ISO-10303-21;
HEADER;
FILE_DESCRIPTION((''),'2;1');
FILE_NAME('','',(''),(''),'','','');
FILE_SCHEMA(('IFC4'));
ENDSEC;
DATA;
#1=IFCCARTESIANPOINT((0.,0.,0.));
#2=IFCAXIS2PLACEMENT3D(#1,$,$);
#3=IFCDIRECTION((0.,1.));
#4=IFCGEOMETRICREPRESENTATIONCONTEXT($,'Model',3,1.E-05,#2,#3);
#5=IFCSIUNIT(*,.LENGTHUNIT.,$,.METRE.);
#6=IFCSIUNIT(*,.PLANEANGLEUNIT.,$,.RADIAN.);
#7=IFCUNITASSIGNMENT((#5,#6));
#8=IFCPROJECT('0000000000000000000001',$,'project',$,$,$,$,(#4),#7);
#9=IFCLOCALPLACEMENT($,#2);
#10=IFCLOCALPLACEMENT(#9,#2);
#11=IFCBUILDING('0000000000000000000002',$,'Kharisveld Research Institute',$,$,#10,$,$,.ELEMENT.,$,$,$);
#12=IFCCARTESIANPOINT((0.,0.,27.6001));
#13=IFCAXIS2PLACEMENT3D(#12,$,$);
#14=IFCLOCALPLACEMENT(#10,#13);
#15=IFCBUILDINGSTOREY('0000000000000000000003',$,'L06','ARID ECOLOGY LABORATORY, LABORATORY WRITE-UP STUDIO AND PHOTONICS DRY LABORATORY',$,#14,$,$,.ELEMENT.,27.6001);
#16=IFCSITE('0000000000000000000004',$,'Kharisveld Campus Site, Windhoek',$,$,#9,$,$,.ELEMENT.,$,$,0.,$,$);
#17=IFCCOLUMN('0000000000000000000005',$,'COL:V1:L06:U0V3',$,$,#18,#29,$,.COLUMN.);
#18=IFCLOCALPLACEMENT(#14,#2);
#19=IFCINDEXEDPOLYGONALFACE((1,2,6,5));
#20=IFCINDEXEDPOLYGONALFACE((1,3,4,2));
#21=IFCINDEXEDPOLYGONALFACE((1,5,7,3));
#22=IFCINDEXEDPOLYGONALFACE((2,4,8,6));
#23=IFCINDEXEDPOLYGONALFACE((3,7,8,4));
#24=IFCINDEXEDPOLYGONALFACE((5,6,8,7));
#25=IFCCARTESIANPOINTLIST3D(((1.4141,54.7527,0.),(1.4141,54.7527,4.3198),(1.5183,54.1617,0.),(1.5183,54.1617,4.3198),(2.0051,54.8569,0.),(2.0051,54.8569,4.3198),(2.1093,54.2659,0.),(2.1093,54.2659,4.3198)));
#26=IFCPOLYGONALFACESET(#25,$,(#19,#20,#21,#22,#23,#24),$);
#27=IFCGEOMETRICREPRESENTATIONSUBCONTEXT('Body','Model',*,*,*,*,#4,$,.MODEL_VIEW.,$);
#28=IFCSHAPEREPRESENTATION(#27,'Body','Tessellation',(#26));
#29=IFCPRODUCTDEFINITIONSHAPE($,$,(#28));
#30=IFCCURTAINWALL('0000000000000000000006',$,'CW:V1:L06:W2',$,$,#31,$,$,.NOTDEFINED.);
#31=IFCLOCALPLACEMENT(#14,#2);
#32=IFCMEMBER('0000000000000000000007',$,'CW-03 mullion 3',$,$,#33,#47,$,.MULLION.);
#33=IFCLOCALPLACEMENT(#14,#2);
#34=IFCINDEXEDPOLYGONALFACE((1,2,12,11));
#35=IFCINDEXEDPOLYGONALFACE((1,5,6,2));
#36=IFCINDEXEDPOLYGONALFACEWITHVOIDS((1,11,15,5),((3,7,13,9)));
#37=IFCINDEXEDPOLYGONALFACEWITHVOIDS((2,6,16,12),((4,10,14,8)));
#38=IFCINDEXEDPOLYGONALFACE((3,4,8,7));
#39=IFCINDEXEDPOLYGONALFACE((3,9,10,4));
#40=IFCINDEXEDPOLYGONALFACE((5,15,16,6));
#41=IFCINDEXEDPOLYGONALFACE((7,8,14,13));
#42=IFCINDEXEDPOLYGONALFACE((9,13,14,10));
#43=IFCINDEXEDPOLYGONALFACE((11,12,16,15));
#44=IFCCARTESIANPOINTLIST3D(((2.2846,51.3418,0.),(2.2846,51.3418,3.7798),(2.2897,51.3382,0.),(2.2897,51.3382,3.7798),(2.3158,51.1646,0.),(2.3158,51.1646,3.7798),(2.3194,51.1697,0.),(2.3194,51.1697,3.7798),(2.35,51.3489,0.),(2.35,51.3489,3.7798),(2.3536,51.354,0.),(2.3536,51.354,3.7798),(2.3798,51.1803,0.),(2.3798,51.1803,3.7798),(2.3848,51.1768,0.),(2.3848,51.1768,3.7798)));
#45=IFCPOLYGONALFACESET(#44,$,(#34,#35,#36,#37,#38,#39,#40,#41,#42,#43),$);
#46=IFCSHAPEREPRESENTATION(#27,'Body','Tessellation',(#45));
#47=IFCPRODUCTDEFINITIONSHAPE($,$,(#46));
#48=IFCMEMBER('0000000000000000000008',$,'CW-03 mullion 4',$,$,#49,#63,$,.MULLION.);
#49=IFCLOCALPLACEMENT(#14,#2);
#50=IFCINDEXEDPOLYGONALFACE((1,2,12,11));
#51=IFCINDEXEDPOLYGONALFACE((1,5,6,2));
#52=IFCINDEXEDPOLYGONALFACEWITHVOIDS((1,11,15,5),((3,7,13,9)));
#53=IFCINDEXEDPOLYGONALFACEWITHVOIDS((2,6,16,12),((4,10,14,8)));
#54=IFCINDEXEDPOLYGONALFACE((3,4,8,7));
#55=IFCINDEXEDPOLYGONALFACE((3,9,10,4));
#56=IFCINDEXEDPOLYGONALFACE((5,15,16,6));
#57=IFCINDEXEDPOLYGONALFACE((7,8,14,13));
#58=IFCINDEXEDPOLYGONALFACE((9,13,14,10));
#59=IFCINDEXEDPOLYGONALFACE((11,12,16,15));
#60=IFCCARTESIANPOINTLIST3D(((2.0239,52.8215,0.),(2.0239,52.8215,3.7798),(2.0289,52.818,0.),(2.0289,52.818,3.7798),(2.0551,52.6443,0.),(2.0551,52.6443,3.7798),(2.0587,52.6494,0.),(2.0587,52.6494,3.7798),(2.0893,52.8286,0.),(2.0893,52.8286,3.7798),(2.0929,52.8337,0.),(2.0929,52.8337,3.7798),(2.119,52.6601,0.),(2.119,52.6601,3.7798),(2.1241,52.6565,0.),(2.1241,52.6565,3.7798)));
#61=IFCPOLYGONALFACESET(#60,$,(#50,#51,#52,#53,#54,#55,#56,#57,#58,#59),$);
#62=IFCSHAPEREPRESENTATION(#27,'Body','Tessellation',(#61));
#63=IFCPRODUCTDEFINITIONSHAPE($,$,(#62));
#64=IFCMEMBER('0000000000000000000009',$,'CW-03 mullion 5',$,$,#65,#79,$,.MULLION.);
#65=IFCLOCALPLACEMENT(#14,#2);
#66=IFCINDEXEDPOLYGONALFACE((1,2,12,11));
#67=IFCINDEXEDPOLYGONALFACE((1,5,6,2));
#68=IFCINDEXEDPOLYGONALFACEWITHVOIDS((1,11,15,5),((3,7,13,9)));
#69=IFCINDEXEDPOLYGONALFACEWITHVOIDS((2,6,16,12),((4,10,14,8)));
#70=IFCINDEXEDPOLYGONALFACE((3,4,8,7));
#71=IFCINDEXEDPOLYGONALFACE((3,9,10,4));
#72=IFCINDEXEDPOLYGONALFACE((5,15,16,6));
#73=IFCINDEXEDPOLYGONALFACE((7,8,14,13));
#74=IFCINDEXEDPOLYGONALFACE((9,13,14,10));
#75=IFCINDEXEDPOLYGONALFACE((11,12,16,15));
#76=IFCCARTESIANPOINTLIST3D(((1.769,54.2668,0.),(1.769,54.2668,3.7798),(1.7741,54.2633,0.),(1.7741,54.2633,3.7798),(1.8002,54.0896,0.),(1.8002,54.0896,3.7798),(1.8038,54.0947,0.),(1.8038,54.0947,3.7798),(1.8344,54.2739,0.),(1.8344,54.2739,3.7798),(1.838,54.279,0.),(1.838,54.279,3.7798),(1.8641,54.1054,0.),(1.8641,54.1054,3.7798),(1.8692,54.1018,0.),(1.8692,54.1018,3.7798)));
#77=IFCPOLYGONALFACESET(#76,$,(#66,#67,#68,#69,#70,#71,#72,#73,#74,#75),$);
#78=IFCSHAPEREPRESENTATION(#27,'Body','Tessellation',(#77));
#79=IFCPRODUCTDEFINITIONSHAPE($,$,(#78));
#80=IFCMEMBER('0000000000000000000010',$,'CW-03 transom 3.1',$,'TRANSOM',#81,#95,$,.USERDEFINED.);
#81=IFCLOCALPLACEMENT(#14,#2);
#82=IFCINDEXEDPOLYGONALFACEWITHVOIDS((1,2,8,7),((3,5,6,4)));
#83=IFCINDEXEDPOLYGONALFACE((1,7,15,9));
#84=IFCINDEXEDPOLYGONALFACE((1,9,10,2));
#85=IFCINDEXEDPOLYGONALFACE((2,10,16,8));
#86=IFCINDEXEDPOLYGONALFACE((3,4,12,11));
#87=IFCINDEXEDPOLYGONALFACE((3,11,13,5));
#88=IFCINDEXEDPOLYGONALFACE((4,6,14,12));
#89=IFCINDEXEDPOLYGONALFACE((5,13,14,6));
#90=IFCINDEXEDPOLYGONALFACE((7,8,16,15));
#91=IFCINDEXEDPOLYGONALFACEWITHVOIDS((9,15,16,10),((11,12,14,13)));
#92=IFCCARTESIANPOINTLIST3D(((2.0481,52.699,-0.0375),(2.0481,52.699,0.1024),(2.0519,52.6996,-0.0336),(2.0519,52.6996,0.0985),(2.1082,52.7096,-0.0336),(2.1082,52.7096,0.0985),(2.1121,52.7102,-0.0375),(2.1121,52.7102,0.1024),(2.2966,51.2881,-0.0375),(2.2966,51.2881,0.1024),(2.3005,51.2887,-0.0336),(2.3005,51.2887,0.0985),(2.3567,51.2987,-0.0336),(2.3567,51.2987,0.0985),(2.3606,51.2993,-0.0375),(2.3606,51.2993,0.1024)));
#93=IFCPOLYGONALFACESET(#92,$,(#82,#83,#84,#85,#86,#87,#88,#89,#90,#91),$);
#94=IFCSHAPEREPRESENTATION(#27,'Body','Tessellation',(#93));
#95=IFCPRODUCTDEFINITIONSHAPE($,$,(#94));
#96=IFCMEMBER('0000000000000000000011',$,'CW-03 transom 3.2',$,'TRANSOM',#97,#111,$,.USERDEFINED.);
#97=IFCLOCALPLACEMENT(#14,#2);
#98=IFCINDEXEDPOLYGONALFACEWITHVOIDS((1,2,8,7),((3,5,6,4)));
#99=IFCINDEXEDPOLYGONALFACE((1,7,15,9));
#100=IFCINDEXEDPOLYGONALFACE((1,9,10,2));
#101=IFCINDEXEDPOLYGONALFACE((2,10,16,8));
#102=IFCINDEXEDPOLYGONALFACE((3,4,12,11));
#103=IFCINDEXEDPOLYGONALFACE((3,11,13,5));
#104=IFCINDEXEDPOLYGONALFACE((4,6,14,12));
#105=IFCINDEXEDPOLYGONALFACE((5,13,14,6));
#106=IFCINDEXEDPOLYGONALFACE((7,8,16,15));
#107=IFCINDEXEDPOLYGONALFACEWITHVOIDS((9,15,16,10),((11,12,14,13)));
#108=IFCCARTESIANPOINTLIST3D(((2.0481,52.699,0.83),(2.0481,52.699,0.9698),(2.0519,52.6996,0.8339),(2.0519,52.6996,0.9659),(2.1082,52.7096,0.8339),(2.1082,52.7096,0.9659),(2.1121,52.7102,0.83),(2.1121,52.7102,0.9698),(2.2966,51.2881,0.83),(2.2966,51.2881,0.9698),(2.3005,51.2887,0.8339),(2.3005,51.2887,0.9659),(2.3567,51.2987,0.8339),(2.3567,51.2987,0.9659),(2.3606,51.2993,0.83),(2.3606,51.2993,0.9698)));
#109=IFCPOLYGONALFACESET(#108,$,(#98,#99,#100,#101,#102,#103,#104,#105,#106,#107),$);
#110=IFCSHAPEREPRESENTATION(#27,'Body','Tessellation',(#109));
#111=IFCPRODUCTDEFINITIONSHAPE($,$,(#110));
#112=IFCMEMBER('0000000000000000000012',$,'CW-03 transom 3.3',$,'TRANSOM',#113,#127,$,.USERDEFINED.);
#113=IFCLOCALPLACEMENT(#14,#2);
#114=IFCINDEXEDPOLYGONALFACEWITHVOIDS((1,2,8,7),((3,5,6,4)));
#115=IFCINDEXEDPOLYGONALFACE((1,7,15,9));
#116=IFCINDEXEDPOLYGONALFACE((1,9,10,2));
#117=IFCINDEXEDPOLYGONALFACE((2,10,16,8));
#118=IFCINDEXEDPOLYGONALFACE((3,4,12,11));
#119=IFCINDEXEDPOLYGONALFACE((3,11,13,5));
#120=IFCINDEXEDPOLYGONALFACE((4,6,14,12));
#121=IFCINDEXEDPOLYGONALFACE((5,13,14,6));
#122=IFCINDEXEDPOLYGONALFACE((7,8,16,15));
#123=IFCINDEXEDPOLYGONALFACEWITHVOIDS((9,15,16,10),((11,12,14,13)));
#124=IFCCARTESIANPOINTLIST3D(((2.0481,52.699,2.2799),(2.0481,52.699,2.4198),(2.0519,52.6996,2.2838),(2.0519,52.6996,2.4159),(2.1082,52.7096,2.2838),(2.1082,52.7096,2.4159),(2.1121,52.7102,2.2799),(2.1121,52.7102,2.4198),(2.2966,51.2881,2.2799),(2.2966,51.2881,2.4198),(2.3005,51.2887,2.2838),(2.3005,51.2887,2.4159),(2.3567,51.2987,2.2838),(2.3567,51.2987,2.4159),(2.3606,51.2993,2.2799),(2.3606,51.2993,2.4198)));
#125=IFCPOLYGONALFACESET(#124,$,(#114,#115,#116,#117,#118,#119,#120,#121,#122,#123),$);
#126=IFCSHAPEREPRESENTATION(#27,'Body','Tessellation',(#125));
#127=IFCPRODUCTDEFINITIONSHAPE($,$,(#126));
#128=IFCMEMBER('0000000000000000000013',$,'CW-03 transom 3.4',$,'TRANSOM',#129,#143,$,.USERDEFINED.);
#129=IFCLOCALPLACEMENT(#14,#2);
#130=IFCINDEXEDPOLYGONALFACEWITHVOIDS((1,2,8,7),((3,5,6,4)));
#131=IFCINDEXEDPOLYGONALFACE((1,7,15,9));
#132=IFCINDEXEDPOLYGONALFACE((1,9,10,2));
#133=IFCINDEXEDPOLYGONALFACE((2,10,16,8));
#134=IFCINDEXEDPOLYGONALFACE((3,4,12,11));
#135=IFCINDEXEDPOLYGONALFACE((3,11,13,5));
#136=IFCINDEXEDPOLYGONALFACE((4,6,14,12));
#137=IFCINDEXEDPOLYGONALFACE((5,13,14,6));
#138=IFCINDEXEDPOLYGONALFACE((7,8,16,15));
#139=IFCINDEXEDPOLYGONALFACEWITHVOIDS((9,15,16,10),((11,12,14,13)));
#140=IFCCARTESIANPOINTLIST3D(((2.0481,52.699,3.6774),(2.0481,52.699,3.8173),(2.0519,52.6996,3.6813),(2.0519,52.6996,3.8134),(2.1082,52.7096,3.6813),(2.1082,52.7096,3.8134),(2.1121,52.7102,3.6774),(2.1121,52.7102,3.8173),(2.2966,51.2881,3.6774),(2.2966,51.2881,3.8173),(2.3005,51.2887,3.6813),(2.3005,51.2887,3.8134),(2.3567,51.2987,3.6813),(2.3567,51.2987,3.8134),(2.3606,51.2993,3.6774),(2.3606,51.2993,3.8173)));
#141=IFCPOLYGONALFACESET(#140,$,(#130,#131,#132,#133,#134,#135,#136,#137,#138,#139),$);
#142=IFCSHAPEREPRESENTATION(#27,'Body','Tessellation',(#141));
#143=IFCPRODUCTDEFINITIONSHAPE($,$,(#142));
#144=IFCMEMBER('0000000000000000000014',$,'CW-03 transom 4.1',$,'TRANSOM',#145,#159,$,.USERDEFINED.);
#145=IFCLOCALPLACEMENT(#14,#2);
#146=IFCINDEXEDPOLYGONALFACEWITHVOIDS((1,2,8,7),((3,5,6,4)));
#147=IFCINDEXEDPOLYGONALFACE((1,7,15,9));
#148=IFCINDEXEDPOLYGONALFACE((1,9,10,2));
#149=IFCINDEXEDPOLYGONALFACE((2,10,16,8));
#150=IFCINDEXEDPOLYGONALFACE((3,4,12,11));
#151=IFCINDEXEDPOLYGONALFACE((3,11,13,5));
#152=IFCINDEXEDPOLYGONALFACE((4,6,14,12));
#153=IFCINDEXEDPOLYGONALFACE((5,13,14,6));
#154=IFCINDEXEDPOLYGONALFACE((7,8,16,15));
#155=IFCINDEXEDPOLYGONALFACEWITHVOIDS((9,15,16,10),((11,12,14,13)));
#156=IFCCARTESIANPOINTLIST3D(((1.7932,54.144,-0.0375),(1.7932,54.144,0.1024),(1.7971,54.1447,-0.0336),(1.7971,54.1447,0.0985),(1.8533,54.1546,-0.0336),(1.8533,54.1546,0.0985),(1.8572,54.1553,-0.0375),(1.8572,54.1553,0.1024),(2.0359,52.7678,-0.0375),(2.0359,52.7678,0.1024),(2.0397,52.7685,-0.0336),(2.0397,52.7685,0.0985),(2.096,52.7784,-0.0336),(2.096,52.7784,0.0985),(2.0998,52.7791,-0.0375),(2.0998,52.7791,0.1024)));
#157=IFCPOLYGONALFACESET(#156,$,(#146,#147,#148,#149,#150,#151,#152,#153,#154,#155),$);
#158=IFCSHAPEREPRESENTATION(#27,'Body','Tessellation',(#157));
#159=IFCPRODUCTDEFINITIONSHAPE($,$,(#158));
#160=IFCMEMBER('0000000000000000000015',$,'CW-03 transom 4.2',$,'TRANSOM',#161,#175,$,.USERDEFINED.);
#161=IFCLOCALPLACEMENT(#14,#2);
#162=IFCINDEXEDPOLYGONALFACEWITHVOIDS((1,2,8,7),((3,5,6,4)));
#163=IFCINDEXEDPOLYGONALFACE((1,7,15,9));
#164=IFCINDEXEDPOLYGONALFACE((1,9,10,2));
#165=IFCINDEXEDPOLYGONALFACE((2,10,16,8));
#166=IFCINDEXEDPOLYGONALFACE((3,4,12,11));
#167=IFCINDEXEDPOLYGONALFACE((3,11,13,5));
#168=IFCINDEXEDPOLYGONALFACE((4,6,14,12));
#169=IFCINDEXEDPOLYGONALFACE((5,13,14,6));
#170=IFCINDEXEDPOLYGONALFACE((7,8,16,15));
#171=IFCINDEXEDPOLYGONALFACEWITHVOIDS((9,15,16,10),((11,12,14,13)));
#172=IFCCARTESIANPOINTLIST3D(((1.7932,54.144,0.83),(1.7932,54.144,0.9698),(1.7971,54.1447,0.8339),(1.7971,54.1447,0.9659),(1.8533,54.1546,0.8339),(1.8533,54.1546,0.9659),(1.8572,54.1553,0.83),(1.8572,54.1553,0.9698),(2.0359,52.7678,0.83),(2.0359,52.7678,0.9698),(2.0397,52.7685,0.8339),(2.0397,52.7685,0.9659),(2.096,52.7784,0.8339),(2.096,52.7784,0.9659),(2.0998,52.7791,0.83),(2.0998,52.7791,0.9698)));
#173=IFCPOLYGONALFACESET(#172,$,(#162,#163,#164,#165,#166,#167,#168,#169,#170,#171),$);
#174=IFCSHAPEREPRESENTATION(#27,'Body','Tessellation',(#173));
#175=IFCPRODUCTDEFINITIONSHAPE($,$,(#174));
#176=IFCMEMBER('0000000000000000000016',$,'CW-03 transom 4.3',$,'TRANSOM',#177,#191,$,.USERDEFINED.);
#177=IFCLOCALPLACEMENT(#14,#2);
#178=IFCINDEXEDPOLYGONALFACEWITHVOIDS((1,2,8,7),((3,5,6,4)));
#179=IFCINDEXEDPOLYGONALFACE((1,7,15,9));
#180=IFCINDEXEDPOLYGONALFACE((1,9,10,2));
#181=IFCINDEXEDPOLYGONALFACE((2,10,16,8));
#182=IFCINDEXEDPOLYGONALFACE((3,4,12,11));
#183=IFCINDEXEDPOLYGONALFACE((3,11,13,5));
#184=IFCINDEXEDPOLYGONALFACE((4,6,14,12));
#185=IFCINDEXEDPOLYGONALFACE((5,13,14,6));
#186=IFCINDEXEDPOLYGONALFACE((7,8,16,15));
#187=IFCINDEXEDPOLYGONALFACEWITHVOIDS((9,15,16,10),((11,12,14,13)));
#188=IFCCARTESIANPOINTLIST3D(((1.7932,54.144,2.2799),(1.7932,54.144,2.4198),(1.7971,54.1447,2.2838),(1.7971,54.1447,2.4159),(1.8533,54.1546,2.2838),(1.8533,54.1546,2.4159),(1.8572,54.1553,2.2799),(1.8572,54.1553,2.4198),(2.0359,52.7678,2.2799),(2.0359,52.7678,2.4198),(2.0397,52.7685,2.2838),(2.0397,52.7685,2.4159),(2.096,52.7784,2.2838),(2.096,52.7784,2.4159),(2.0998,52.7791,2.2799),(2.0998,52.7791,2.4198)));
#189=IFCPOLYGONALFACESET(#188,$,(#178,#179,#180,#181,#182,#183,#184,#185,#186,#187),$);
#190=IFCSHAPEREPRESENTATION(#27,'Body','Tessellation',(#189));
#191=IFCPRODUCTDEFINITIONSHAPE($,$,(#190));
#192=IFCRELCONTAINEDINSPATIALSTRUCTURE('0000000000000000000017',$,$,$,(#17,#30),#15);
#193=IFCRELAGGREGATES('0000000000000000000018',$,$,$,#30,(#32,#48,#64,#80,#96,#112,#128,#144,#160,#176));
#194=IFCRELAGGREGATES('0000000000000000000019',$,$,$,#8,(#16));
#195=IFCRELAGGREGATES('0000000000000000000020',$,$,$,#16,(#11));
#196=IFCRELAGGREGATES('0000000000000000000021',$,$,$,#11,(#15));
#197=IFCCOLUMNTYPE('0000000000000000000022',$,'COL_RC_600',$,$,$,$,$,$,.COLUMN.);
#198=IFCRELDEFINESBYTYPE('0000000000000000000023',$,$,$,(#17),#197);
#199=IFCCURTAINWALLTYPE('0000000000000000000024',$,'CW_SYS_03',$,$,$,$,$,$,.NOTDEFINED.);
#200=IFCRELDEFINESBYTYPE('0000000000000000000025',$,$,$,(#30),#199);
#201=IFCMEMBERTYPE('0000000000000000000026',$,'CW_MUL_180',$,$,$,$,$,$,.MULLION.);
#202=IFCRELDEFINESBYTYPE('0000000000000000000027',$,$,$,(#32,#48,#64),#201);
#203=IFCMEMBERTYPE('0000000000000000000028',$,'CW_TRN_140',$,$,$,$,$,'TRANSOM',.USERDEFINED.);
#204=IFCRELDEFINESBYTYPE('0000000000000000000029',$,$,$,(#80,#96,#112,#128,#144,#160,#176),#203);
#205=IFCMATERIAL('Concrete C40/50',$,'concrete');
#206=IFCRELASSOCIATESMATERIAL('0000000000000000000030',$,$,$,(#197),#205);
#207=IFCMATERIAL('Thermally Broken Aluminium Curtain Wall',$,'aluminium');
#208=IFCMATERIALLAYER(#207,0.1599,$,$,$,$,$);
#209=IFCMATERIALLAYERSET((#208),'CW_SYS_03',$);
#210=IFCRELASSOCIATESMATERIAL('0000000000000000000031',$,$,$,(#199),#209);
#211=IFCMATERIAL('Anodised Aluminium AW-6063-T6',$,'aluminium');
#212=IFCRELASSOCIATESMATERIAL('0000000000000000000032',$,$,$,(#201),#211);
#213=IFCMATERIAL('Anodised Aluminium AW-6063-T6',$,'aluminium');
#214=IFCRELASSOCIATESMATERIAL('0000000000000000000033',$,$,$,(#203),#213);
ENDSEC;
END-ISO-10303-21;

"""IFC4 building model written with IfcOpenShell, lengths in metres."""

from ifc_helpers import new_model, si_unit, direction, frame, origin, origin_2d, place, context, subcontext, project, spatial, rectangle, hollow_rectangle, extrude, material, layer, layer_set, material_profile, profile_set, type_object, element, aggregate, save


model = new_model("IFC4")

# Units and contexts
model_context = context("Model", 3, precision=1e-05, world=origin(), true_north=direction((0.0, 1.0)))
body_context = subcontext(model_context, "Body", "Model", "MODEL_VIEW")
ifc_project = project(units=[si_unit("LENGTHUNIT", "METRE"), si_unit("PLANEANGLEUNIT", "RADIAN")], contexts=[model_context])

# Site, building, storey
site_placement = place(None, origin())
site = spatial("IfcSite", under=ifc_project, at=site_placement, Name="Kharisveld Campus Site, Windhoek", CompositionType="ELEMENT", RefElevation=0.0)
building_placement = place(site_placement, origin())
building = spatial("IfcBuilding", under=site, at=building_placement, Name="Kharisveld Research Institute", CompositionType="ELEMENT")
storey_placement = place(building_placement, frame((0.0, 0.0, 27.6001)))
storey = spatial("IfcBuildingStorey", under=building, at=storey_placement, Name="L06", Description="ARID ECOLOGY LABORATORY, LABORATORY WRITE-UP STUDIO AND PHOTONICS DRY LABORATORY", CompositionType="ELEMENT", Elevation=27.6001)

# Column
ifc_material_1 = material(Name="Concrete C40/50", Category="concrete")
ifc_material_profile_1 = material_profile(ifc_material_1, rectangle(XDim=0.6001, YDim=0.6001, at=origin_2d()))
ifc_profile_set_1 = profile_set([ifc_material_profile_1], Name="Concrete C40/50")
column_type = type_object("IfcColumnType", Name="COL_RC_600", PredefinedType="COLUMN", material=ifc_profile_set_1)
column_placement = place(storey_placement, frame((1.7617, 54.5093, 0.0), z_axis=(0.0, 0.0, 1.0), x_axis=(0.984808, 0.173648, 0.0)))
element("IfcColumn", 1, at=column_placement, inside=storey, type_object=column_type, Name="COL:V1:L06:U0V3", PredefinedType="COLUMN", context=body_context, shape_type="SweptSolid", body=[
    extrude(rectangle(XDim=0.6001, YDim=0.6001, at=origin_2d()), origin(), (0.0, 0.0, 1.0), 4.3198),
])

# Curtain wall, members
ifc_material_2 = material(Name="Thermally Broken Aluminium Curtain Wall", Category="aluminium")
ifc_layer_1 = layer(ifc_material_2, 0.1599)
ifc_layer_set_1 = layer_set([ifc_layer_1], Name="CW_SYS_03")
curtain_wall_type = type_object("IfcCurtainWallType", Name="CW_SYS_03", PredefinedType="NOTDEFINED", material=ifc_layer_set_1)
curtain_wall_placement = place(storey_placement, origin())
curtain_wall = element("IfcCurtainWall", 2, at=curtain_wall_placement, inside=storey, type_object=curtain_wall_type, Name="CW:V1:L06:W2", PredefinedType="NOTDEFINED")
ifc_material_3 = material(Name="Anodised Aluminium AW-6063-T6", Category="aluminium")
ifc_material_profile_2 = material_profile(ifc_material_3, hollow_rectangle(XDim=0.0701, YDim=0.1799, WallThickness=0.0044, at=origin_2d()))
ifc_profile_set_2 = profile_set([ifc_material_profile_2], Name="Anodised Aluminium AW-6063-T6")
member_type_1 = type_object("IfcMemberType", Name="CW_MUL_180", PredefinedType="MULLION", material=ifc_profile_set_2)
member_1_placement = place(storey_placement, frame((2.3347, 51.2593, 0.0), z_axis=(0.0, 0.0, 1.0), x_axis=(-0.984808, -0.173648, 0.0)))
member_1 = element("IfcMember", 3, at=member_1_placement, type_object=member_type_1, Name="CW-03 mullion 3", PredefinedType="MULLION", context=body_context, shape_type="SweptSolid", body=[
    extrude(hollow_rectangle(XDim=0.0701, YDim=0.1799, WallThickness=0.0044, at=origin_2d()), origin(), (0.0, 0.0, 1.0), 3.7798),
])
member_2_placement = place(storey_placement, frame((2.074, 52.739, 0.0), z_axis=(0.0, 0.0, 1.0), x_axis=(-0.984808, -0.173648, 0.0)))
member_2 = element("IfcMember", 4, at=member_2_placement, type_object=member_type_1, Name="CW-03 mullion 4", PredefinedType="MULLION", context=body_context, shape_type="SweptSolid", body=[
    extrude(hollow_rectangle(XDim=0.0701, YDim=0.1799, WallThickness=0.0044, at=origin_2d()), origin(), (0.0, 0.0, 1.0), 3.7798),
])
member_3_placement = place(storey_placement, frame((1.8191, 54.1843, 0.0), z_axis=(0.0, 0.0, 1.0), x_axis=(-0.984808, -0.173648, 0.0)))
member_3 = element("IfcMember", 5, at=member_3_placement, type_object=member_type_1, Name="CW-03 mullion 5", PredefinedType="MULLION", context=body_context, shape_type="SweptSolid", body=[
    extrude(hollow_rectangle(XDim=0.0701, YDim=0.1799, WallThickness=0.0044, at=origin_2d()), origin(), (0.0, 0.0, 1.0), 3.7798),
])
ifc_material_4 = material(Name="Anodised Aluminium AW-6063-T6", Category="aluminium")
ifc_material_profile_3 = material_profile(ifc_material_4, hollow_rectangle(XDim=0.0649, YDim=0.1399, WallThickness=0.0039, at=origin_2d()))
ifc_profile_set_3 = profile_set([ifc_material_profile_3], Name="Anodised Aluminium AW-6063-T6")
member_type_2 = type_object("IfcMemberType", Name="CW_TRN_140", ElementType="TRANSOM", PredefinedType="USERDEFINED", material=ifc_profile_set_3)
member_4_placement = place(storey_placement, frame((2.3286, 51.2937, 0.0325), z_axis=(-0.173484, 0.984837, 0.0), x_axis=(-0.984837, -0.173484, 0.0)))
member_4 = element("IfcMember", 6, at=member_4_placement, type_object=member_type_2, Name="CW-03 transom 3.1", ObjectType="TRANSOM", PredefinedType="USERDEFINED", context=body_context, shape_type="SweptSolid", body=[
    extrude(hollow_rectangle(XDim=0.0649, YDim=0.1399, WallThickness=0.0039, at=origin_2d()), origin(), (0.0, 0.0, 1.0), 1.4326),
])
member_5_placement = place(storey_placement, frame((2.3286, 51.2937, 0.8999), z_axis=(-0.173484, 0.984837, 0.0), x_axis=(-0.984837, -0.173484, 0.0)))
member_5 = element("IfcMember", 7, at=member_5_placement, type_object=member_type_2, Name="CW-03 transom 3.2", ObjectType="TRANSOM", PredefinedType="USERDEFINED", context=body_context, shape_type="SweptSolid", body=[
    extrude(hollow_rectangle(XDim=0.0649, YDim=0.1399, WallThickness=0.0039, at=origin_2d()), origin(), (0.0, 0.0, 1.0), 1.4326),
])
member_6_placement = place(storey_placement, frame((2.3286, 51.2937, 2.3499), z_axis=(-0.173484, 0.984837, 0.0), x_axis=(-0.984837, -0.173484, 0.0)))
member_6 = element("IfcMember", 8, at=member_6_placement, type_object=member_type_2, Name="CW-03 transom 3.3", ObjectType="TRANSOM", PredefinedType="USERDEFINED", context=body_context, shape_type="SweptSolid", body=[
    extrude(hollow_rectangle(XDim=0.0649, YDim=0.1399, WallThickness=0.0039, at=origin_2d()), origin(), (0.0, 0.0, 1.0), 1.4326),
])
member_7_placement = place(storey_placement, frame((2.3286, 51.2937, 3.7473), z_axis=(-0.173484, 0.984837, 0.0), x_axis=(-0.984837, -0.173484, 0.0)))
member_7 = element("IfcMember", 9, at=member_7_placement, type_object=member_type_2, Name="CW-03 transom 3.4", ObjectType="TRANSOM", PredefinedType="USERDEFINED", context=body_context, shape_type="SweptSolid", body=[
    extrude(hollow_rectangle(XDim=0.0649, YDim=0.1399, WallThickness=0.0039, at=origin_2d()), origin(), (0.0, 0.0, 1.0), 1.4326),
])
member_8_placement = place(storey_placement, frame((2.0679, 52.7734, 0.0325), z_axis=(-0.173656, 0.984806, 0.0), x_axis=(-0.984806, -0.173656, 0.0)))
member_8 = element("IfcMember", 10, at=member_8_placement, type_object=member_type_2, Name="CW-03 transom 4.1", ObjectType="TRANSOM", PredefinedType="USERDEFINED", context=body_context, shape_type="SweptSolid", body=[
    extrude(hollow_rectangle(XDim=0.0649, YDim=0.1399, WallThickness=0.0039, at=origin_2d()), origin(), (0.0, 0.0, 1.0), 1.3975),
])
member_9_placement = place(storey_placement, frame((2.0679, 52.7734, 0.8999), z_axis=(-0.173656, 0.984806, 0.0), x_axis=(-0.984806, -0.173656, 0.0)))
member_9 = element("IfcMember", 11, at=member_9_placement, type_object=member_type_2, Name="CW-03 transom 4.2", ObjectType="TRANSOM", PredefinedType="USERDEFINED", context=body_context, shape_type="SweptSolid", body=[
    extrude(hollow_rectangle(XDim=0.0649, YDim=0.1399, WallThickness=0.0039, at=origin_2d()), origin(), (0.0, 0.0, 1.0), 1.3975),
])
member_10_placement = place(storey_placement, frame((2.0679, 52.7734, 2.3499), z_axis=(-0.173656, 0.984806, 0.0), x_axis=(-0.984806, -0.173656, 0.0)))
member_10 = element("IfcMember", 12, at=member_10_placement, type_object=member_type_2, Name="CW-03 transom 4.3", ObjectType="TRANSOM", PredefinedType="USERDEFINED", context=body_context, shape_type="SweptSolid", body=[
    extrude(hollow_rectangle(XDim=0.0649, YDim=0.1399, WallThickness=0.0039, at=origin_2d()), origin(), (0.0, 0.0, 1.0), 1.3975),
])

aggregate(curtain_wall, [member_1, member_2, member_3, member_4, member_5, member_6, member_7, member_8, member_9, member_10])

save(model, "model.ifc")
